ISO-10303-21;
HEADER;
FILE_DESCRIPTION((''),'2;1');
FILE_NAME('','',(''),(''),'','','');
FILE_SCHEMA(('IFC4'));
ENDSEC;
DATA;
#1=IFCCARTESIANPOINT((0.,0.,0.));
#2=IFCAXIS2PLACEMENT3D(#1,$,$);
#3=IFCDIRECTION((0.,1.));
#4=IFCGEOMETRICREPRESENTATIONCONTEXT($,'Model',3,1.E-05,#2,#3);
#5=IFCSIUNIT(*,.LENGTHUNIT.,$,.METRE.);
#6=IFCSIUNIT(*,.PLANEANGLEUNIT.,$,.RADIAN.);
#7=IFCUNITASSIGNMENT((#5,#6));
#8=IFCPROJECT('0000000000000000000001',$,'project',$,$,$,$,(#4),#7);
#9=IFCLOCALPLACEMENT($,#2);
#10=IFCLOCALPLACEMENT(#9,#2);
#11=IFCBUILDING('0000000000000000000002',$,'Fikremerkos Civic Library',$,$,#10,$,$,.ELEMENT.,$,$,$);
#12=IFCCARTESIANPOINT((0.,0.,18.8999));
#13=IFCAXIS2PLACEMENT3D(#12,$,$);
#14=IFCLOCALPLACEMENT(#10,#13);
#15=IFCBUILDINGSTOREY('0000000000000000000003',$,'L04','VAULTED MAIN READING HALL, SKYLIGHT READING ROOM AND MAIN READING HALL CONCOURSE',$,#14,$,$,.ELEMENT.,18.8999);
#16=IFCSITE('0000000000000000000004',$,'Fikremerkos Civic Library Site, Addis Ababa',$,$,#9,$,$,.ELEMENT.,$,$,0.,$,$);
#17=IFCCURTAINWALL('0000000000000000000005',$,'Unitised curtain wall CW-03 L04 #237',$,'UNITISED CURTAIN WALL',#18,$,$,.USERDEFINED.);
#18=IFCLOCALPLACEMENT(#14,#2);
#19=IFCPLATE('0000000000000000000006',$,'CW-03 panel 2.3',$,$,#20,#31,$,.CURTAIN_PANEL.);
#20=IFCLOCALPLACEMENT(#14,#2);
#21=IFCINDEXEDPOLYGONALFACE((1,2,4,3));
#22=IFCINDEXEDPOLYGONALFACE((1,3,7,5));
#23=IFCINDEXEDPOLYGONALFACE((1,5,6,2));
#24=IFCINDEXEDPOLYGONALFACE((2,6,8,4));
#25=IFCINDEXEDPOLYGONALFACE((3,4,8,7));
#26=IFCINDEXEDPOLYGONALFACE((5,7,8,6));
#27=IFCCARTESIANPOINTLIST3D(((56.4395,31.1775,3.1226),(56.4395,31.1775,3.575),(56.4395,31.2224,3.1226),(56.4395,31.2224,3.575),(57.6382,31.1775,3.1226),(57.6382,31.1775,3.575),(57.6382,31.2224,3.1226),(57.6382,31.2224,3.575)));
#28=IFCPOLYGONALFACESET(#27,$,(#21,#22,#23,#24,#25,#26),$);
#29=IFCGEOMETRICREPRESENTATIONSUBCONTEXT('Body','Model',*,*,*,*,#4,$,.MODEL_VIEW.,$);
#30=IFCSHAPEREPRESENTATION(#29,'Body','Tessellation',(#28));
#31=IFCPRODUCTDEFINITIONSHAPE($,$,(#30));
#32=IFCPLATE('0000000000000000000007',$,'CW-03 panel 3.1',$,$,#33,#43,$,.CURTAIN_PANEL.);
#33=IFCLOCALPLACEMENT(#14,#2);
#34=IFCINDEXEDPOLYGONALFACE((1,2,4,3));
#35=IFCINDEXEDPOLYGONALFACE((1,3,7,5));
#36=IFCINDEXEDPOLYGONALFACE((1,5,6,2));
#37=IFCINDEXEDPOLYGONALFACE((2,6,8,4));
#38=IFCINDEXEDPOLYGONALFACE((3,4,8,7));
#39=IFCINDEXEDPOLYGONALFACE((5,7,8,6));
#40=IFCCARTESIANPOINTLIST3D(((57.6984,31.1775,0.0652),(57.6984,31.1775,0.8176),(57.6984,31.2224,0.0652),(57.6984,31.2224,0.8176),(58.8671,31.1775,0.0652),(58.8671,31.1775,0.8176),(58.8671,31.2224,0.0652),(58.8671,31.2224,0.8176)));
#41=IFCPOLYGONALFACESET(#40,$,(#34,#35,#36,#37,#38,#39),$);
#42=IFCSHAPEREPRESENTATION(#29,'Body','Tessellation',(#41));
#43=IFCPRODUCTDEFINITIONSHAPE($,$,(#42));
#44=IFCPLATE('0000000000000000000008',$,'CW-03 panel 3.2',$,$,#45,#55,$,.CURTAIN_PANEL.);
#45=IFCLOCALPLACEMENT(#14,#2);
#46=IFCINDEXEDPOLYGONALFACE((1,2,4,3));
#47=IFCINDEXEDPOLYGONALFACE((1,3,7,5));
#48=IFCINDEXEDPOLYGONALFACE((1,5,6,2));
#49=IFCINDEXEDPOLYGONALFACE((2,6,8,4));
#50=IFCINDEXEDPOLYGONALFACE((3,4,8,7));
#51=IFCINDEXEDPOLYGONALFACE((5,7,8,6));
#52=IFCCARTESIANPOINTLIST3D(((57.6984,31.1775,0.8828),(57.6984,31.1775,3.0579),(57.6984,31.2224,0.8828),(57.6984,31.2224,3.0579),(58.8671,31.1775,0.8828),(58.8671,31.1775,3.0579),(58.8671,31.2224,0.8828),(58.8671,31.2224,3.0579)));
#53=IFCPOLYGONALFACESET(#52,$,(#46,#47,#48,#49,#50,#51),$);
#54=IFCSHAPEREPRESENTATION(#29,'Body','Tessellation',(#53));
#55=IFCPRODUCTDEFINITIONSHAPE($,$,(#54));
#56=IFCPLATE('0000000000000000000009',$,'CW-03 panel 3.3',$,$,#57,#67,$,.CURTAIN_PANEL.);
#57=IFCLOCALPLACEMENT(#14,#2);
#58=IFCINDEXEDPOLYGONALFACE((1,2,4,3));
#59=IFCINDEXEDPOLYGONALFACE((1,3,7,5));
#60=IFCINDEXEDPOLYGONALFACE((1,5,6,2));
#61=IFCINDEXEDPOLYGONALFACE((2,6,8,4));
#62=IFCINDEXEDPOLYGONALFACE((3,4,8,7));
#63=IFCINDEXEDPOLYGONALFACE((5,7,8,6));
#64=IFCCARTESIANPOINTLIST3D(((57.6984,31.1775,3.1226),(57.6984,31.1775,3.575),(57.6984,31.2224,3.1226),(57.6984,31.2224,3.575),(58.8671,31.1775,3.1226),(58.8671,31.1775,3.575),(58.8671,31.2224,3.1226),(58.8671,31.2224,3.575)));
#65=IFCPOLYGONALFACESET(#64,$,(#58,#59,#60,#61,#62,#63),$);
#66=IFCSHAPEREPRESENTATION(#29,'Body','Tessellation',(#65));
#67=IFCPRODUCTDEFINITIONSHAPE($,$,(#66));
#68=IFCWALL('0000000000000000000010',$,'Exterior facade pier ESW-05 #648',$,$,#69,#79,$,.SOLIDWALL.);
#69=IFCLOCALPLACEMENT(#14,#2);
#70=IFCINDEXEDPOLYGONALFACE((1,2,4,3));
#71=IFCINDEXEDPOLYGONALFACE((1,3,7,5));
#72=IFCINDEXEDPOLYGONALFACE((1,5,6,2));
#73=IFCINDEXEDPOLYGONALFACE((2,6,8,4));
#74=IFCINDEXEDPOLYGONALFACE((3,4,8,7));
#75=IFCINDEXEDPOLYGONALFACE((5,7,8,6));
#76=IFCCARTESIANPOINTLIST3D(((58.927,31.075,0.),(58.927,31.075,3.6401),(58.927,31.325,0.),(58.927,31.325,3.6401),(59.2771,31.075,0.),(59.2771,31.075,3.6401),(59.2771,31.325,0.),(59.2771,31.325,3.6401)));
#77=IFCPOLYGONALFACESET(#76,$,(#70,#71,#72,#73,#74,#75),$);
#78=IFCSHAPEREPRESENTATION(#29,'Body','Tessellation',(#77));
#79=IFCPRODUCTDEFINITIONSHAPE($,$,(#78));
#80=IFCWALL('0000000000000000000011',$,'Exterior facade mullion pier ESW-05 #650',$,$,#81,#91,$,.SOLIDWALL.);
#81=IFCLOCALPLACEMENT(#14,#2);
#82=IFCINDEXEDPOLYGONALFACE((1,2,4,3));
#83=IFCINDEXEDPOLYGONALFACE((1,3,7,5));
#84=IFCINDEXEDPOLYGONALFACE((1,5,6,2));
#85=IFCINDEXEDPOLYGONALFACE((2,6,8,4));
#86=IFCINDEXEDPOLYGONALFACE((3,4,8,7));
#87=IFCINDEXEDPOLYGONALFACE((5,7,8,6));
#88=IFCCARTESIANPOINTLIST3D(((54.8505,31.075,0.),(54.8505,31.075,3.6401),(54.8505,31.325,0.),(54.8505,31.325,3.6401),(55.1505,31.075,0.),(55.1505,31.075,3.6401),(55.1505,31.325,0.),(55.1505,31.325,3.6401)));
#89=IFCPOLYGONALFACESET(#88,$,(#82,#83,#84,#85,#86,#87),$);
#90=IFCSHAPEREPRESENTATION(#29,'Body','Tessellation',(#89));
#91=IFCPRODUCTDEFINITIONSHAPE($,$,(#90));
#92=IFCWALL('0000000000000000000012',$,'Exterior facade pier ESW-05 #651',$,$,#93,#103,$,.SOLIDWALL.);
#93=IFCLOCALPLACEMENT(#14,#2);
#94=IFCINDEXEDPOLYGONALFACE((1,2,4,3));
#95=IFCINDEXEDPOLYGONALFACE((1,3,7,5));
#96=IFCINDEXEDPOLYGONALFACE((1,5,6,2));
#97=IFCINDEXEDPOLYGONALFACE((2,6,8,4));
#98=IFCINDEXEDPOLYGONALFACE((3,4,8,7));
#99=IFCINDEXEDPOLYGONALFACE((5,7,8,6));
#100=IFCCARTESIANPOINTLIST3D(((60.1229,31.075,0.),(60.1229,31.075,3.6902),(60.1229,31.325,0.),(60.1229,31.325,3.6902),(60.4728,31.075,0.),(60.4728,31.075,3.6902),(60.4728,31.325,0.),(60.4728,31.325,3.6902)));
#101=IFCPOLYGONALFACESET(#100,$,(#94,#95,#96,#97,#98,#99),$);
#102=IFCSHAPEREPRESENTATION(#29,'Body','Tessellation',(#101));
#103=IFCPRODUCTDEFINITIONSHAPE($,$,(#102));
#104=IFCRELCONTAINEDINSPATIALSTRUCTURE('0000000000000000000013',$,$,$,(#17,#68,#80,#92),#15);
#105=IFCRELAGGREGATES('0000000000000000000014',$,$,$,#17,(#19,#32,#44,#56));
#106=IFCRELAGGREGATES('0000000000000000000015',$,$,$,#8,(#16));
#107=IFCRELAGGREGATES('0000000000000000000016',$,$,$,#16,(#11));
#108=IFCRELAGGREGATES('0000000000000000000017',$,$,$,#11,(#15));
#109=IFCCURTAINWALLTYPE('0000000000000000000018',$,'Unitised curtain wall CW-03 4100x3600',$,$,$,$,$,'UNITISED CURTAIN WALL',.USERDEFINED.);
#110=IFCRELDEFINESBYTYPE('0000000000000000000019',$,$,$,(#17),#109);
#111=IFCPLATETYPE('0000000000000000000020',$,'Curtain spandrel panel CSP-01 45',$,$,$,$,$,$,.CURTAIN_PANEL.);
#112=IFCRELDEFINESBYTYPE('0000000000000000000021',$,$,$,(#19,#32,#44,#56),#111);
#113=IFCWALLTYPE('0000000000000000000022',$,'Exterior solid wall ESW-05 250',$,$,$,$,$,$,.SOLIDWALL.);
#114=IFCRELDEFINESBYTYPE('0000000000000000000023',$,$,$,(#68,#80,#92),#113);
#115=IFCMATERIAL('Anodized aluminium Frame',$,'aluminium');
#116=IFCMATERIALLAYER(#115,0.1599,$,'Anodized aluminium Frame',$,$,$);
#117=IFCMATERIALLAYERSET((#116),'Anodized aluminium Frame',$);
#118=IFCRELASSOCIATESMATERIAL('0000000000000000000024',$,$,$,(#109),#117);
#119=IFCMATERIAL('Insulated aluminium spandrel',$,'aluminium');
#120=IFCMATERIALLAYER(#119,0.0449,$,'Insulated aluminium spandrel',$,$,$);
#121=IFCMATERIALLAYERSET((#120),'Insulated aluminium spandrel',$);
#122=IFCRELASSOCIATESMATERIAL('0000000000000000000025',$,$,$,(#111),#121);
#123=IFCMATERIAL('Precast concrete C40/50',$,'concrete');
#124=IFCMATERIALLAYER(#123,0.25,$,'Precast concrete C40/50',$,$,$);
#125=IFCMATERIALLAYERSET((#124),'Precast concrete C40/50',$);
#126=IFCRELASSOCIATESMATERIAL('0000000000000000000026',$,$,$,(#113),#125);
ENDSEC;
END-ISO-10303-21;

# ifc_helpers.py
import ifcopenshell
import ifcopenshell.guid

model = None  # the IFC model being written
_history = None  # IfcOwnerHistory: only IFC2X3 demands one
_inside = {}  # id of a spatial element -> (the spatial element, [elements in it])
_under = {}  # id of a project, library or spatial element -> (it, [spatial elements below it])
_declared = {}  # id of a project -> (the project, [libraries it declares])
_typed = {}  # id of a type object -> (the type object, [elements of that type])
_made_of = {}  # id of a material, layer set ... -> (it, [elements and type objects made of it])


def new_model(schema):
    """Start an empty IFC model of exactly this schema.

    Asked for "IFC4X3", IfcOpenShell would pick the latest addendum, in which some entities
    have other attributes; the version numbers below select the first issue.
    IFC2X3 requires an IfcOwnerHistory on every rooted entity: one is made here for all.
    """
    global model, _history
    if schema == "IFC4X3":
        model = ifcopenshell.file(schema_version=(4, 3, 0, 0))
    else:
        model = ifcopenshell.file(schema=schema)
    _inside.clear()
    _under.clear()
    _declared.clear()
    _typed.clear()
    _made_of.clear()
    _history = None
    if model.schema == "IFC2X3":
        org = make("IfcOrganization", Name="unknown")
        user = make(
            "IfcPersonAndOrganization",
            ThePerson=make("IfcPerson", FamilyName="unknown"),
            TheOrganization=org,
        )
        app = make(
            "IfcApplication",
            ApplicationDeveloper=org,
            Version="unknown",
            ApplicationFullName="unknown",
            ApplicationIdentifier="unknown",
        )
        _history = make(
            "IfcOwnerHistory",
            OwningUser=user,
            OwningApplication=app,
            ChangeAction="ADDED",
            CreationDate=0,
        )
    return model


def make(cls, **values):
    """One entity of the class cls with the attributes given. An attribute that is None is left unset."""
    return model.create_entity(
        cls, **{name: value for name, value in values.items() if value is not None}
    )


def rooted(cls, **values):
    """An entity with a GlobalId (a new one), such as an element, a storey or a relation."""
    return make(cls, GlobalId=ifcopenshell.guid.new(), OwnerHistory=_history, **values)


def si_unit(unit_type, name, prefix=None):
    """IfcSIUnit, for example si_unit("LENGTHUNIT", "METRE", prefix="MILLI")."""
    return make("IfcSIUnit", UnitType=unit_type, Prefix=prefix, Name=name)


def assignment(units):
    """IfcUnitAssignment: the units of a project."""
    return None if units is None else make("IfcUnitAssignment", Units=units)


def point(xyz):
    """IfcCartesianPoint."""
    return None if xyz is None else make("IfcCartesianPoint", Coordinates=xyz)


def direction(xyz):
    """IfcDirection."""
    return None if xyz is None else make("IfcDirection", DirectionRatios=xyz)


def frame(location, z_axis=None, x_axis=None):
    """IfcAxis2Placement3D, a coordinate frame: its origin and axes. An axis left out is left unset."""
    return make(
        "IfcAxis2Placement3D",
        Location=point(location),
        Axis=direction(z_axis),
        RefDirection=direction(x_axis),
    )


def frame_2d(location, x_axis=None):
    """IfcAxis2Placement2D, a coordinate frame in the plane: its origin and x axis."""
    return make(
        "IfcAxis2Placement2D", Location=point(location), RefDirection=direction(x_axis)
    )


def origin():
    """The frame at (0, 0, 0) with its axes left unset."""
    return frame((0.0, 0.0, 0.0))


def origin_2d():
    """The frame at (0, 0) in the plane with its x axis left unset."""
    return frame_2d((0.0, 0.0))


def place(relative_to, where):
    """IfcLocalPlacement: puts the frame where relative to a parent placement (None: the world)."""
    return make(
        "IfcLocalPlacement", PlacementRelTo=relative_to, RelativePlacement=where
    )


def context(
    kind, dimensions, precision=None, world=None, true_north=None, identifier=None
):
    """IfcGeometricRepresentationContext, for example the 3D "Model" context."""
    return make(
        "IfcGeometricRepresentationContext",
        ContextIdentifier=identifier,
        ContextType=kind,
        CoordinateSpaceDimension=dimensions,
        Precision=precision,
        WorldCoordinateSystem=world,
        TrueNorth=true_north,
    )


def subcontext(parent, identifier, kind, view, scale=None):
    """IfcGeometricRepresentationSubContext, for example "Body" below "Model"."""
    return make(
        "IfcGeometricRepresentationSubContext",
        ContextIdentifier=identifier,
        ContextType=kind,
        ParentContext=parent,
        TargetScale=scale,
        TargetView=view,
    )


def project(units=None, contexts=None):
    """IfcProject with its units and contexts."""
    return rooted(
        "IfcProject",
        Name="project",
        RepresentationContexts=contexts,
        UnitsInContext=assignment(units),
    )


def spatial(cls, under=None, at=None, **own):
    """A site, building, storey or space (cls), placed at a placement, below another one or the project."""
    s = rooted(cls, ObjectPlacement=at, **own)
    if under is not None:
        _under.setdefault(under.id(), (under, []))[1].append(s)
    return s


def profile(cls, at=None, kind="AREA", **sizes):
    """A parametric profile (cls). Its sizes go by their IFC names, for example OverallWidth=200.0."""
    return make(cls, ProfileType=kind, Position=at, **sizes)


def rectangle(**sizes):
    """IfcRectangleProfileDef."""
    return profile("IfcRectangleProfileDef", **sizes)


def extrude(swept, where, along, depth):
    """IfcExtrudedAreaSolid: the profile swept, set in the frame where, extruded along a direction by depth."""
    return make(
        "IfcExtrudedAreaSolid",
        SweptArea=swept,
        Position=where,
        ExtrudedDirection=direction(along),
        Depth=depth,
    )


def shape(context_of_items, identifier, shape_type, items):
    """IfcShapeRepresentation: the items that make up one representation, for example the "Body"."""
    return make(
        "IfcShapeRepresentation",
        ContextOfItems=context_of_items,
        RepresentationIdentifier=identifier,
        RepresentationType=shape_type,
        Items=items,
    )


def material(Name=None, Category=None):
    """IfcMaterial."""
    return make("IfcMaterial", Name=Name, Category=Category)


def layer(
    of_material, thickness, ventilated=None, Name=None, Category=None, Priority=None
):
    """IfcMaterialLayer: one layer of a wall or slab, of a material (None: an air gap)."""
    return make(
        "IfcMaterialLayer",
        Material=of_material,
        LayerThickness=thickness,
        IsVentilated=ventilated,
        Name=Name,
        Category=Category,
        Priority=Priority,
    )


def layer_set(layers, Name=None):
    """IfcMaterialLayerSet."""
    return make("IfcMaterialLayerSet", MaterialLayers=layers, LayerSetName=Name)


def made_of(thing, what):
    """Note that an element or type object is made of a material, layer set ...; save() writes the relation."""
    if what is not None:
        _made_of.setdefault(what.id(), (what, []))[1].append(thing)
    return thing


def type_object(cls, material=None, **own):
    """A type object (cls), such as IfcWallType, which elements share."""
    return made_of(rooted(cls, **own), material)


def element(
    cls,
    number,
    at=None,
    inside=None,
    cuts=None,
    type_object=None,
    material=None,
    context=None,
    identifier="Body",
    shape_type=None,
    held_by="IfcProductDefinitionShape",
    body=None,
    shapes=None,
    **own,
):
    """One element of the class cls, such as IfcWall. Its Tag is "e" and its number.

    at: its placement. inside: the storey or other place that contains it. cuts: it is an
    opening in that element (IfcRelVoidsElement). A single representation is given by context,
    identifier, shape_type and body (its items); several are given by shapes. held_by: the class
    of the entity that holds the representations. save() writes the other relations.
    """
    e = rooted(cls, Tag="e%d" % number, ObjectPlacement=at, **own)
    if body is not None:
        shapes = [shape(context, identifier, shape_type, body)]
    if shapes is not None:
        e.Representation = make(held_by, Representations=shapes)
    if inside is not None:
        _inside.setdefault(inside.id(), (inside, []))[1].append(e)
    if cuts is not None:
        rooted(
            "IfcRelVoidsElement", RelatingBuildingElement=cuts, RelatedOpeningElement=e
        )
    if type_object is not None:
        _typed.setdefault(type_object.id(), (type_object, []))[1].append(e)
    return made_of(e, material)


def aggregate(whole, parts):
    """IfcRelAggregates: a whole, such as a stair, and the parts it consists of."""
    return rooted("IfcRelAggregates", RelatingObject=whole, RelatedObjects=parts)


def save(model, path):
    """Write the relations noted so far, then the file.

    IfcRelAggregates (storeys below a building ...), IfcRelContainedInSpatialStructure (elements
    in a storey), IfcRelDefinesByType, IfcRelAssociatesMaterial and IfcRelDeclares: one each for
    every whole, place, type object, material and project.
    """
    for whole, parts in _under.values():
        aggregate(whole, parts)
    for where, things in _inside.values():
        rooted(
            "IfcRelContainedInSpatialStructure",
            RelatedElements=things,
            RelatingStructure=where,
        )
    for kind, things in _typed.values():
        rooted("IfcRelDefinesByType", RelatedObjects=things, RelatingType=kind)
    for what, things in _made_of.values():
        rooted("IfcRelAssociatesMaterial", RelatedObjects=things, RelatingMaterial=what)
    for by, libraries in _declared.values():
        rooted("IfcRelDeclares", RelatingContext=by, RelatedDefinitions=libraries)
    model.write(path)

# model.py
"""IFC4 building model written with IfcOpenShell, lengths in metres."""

from ifc_helpers import new_model, si_unit, direction, frame, frame_2d, origin, origin_2d, place, context, subcontext, project, spatial, rectangle, extrude, material, layer, layer_set, type_object, element, aggregate, save


model = new_model("IFC4")

# Units and contexts
model_context = context("Model", 3, precision=1e-05, world=origin(), true_north=direction((0.0, 1.0)))
body_context = subcontext(model_context, "Body", "Model", "MODEL_VIEW")
ifc_project = project(units=[si_unit("LENGTHUNIT", "METRE"), si_unit("PLANEANGLEUNIT", "RADIAN")], contexts=[model_context])

# Site, building, storey
site_placement = place(None, origin())
site = spatial("IfcSite", under=ifc_project, at=site_placement, Name="Fikremerkos Civic Library Site, Addis Ababa", CompositionType="ELEMENT", RefElevation=0.0)
building_placement = place(site_placement, origin())
building = spatial("IfcBuilding", under=site, at=building_placement, Name="Fikremerkos Civic Library", CompositionType="ELEMENT")
storey_placement = place(building_placement, frame((0.0, 0.0, 18.8999)))
storey = spatial("IfcBuildingStorey", under=building, at=storey_placement, Name="L04", Description="VAULTED MAIN READING HALL, SKYLIGHT READING ROOM AND MAIN READING HALL CONCOURSE", CompositionType="ELEMENT", Elevation=18.8999)

# Shared definitions
ifc_material_1 = material(Name="Anodized aluminium Frame", Category="aluminium")

# Curtain wall
ifc_layer_1 = layer(ifc_material_1, 0.1599, Name="Anodized aluminium Frame")
ifc_layer_set_1 = layer_set([ifc_layer_1], Name="Anodized aluminium Frame")
curtain_wall_type_1 = type_object("IfcCurtainWallType", Name="Unitised curtain wall CW-03 4100x3600", ElementType="UNITISED CURTAIN WALL", PredefinedType="USERDEFINED", material=ifc_layer_set_1)
curtain_wall_1_placement = place(storey_placement, origin())
curtain_wall_1 = element("IfcCurtainWall", 1, at=curtain_wall_1_placement, inside=storey, type_object=curtain_wall_type_1, Name="Unitised curtain wall CW-03 L04 #237", ObjectType="UNITISED CURTAIN WALL", PredefinedType="USERDEFINED")

# Plates
ifc_material_2 = material(Name="Insulated aluminium spandrel", Category="aluminium")
ifc_layer_2 = layer(ifc_material_2, 0.0449, Name="Insulated aluminium spandrel")
ifc_layer_set_2 = layer_set([ifc_layer_2], Name="Insulated aluminium spandrel")
plate_type_1 = type_object("IfcPlateType", Name="Curtain spandrel panel CSP-01 45", PredefinedType="CURTAIN_PANEL", material=ifc_layer_set_2)
plate_1_placement = place(storey_placement, frame((57.0388, 31.2, 3.1226), z_axis=(0.0, 0.0, 1.0), x_axis=(1.0, 0.0, 0.0)))
plate_1 = element("IfcPlate", 2, at=plate_1_placement, type_object=plate_type_1, Name="CW-03 panel 2.3", PredefinedType="CURTAIN_PANEL", context=body_context, shape_type="SweptSolid", body=[
    extrude(rectangle(XDim=1.1987, YDim=0.0449, at=origin_2d()), origin(), (0.0, 0.0, 1.0), 0.4524),
])
plate_2_placement = place(storey_placement, frame((58.2827, 31.2, 0.0652), z_axis=(0.0, 0.0, 1.0), x_axis=(1.0, 0.0, 0.0)))
plate_2 = element("IfcPlate", 3, at=plate_2_placement, type_object=plate_type_1, Name="CW-03 panel 3.1", PredefinedType="CURTAIN_PANEL", context=body_context, shape_type="SweptSolid", body=[
    extrude(rectangle(XDim=1.1687, YDim=0.0449, at=origin_2d()), origin(), (0.0, 0.0, 1.0), 0.7524),
])
plate_3_placement = place(storey_placement, frame((58.2827, 31.2, 0.8828), z_axis=(0.0, 0.0, 1.0), x_axis=(1.0, 0.0, 0.0)))
plate_3 = element("IfcPlate", 4, at=plate_3_placement, type_object=plate_type_1, Name="CW-03 panel 3.2", PredefinedType="CURTAIN_PANEL", context=body_context, shape_type="SweptSolid", body=[
    extrude(rectangle(XDim=1.1687, YDim=0.0449, at=origin_2d()), origin(), (0.0, 0.0, 1.0), 2.175),
])
plate_4_placement = place(storey_placement, frame((58.2827, 31.2, 3.1226), z_axis=(0.0, 0.0, 1.0), x_axis=(1.0, 0.0, 0.0)))
plate_4 = element("IfcPlate", 5, at=plate_4_placement, type_object=plate_type_1, Name="CW-03 panel 3.3", PredefinedType="CURTAIN_PANEL", context=body_context, shape_type="SweptSolid", body=[
    extrude(rectangle(XDim=1.1687, YDim=0.0449, at=origin_2d()), origin(), (0.0, 0.0, 1.0), 0.4524),
])
aggregate(curtain_wall_1, [plate_1, plate_2, plate_3, plate_4])

# Walls
ifc_material_3 = material(Name="Precast concrete C40/50", Category="concrete")
ifc_layer_3 = layer(ifc_material_3, 0.25, Name="Precast concrete C40/50")
ifc_layer_set_3 = layer_set([ifc_layer_3], Name="Precast concrete C40/50")
wall_type = type_object("IfcWallType", Name="Exterior solid wall ESW-05 250", PredefinedType="SOLIDWALL", material=ifc_layer_set_3)
wall_1_placement = place(storey_placement, frame((58.927, 31.2, 0.0), z_axis=(0.0, 0.0, 1.0), x_axis=(1.0, 0.0, 0.0)))
element("IfcWall", 6, at=wall_1_placement, inside=storey, type_object=wall_type, Name="Exterior facade pier ESW-05 #648", PredefinedType="SOLIDWALL", context=body_context, shape_type="SweptSolid", body=[
    extrude(rectangle(XDim=0.3501, YDim=0.25, at=frame_2d((0.175, 0.0))), origin(), (0.0, 0.0, 1.0), 3.6401),
])
wall_2_placement = place(storey_placement, frame((54.8506, 31.2, 0.0), z_axis=(0.0, 0.0, 1.0), x_axis=(1.0, 0.0, 0.0)))
element("IfcWall", 7, at=wall_2_placement, inside=storey, type_object=wall_type, Name="Exterior facade mullion pier ESW-05 #650", PredefinedType="SOLIDWALL", context=body_context, shape_type="SweptSolid", body=[
    extrude(rectangle(XDim=0.3, YDim=0.25, at=frame_2d((0.1499, 0.0))), origin(), (0.0, 0.0, 1.0), 3.6401),
])
wall_3_placement = place(storey_placement, frame((60.123, 31.2, 0.0), z_axis=(0.0, 0.0, 1.0), x_axis=(1.0, 0.0, 0.0)))
element("IfcWall", 8, at=wall_3_placement, inside=storey, type_object=wall_type, Name="Exterior facade pier ESW-05 #651", PredefinedType="SOLIDWALL", context=body_context, shape_type="SweptSolid", body=[
    extrude(rectangle(XDim=0.3499, YDim=0.25, at=frame_2d((0.1748, 0.0))), origin(), (0.0, 0.0, 1.0), 3.6902),
])

save(model, "model.ifc")
